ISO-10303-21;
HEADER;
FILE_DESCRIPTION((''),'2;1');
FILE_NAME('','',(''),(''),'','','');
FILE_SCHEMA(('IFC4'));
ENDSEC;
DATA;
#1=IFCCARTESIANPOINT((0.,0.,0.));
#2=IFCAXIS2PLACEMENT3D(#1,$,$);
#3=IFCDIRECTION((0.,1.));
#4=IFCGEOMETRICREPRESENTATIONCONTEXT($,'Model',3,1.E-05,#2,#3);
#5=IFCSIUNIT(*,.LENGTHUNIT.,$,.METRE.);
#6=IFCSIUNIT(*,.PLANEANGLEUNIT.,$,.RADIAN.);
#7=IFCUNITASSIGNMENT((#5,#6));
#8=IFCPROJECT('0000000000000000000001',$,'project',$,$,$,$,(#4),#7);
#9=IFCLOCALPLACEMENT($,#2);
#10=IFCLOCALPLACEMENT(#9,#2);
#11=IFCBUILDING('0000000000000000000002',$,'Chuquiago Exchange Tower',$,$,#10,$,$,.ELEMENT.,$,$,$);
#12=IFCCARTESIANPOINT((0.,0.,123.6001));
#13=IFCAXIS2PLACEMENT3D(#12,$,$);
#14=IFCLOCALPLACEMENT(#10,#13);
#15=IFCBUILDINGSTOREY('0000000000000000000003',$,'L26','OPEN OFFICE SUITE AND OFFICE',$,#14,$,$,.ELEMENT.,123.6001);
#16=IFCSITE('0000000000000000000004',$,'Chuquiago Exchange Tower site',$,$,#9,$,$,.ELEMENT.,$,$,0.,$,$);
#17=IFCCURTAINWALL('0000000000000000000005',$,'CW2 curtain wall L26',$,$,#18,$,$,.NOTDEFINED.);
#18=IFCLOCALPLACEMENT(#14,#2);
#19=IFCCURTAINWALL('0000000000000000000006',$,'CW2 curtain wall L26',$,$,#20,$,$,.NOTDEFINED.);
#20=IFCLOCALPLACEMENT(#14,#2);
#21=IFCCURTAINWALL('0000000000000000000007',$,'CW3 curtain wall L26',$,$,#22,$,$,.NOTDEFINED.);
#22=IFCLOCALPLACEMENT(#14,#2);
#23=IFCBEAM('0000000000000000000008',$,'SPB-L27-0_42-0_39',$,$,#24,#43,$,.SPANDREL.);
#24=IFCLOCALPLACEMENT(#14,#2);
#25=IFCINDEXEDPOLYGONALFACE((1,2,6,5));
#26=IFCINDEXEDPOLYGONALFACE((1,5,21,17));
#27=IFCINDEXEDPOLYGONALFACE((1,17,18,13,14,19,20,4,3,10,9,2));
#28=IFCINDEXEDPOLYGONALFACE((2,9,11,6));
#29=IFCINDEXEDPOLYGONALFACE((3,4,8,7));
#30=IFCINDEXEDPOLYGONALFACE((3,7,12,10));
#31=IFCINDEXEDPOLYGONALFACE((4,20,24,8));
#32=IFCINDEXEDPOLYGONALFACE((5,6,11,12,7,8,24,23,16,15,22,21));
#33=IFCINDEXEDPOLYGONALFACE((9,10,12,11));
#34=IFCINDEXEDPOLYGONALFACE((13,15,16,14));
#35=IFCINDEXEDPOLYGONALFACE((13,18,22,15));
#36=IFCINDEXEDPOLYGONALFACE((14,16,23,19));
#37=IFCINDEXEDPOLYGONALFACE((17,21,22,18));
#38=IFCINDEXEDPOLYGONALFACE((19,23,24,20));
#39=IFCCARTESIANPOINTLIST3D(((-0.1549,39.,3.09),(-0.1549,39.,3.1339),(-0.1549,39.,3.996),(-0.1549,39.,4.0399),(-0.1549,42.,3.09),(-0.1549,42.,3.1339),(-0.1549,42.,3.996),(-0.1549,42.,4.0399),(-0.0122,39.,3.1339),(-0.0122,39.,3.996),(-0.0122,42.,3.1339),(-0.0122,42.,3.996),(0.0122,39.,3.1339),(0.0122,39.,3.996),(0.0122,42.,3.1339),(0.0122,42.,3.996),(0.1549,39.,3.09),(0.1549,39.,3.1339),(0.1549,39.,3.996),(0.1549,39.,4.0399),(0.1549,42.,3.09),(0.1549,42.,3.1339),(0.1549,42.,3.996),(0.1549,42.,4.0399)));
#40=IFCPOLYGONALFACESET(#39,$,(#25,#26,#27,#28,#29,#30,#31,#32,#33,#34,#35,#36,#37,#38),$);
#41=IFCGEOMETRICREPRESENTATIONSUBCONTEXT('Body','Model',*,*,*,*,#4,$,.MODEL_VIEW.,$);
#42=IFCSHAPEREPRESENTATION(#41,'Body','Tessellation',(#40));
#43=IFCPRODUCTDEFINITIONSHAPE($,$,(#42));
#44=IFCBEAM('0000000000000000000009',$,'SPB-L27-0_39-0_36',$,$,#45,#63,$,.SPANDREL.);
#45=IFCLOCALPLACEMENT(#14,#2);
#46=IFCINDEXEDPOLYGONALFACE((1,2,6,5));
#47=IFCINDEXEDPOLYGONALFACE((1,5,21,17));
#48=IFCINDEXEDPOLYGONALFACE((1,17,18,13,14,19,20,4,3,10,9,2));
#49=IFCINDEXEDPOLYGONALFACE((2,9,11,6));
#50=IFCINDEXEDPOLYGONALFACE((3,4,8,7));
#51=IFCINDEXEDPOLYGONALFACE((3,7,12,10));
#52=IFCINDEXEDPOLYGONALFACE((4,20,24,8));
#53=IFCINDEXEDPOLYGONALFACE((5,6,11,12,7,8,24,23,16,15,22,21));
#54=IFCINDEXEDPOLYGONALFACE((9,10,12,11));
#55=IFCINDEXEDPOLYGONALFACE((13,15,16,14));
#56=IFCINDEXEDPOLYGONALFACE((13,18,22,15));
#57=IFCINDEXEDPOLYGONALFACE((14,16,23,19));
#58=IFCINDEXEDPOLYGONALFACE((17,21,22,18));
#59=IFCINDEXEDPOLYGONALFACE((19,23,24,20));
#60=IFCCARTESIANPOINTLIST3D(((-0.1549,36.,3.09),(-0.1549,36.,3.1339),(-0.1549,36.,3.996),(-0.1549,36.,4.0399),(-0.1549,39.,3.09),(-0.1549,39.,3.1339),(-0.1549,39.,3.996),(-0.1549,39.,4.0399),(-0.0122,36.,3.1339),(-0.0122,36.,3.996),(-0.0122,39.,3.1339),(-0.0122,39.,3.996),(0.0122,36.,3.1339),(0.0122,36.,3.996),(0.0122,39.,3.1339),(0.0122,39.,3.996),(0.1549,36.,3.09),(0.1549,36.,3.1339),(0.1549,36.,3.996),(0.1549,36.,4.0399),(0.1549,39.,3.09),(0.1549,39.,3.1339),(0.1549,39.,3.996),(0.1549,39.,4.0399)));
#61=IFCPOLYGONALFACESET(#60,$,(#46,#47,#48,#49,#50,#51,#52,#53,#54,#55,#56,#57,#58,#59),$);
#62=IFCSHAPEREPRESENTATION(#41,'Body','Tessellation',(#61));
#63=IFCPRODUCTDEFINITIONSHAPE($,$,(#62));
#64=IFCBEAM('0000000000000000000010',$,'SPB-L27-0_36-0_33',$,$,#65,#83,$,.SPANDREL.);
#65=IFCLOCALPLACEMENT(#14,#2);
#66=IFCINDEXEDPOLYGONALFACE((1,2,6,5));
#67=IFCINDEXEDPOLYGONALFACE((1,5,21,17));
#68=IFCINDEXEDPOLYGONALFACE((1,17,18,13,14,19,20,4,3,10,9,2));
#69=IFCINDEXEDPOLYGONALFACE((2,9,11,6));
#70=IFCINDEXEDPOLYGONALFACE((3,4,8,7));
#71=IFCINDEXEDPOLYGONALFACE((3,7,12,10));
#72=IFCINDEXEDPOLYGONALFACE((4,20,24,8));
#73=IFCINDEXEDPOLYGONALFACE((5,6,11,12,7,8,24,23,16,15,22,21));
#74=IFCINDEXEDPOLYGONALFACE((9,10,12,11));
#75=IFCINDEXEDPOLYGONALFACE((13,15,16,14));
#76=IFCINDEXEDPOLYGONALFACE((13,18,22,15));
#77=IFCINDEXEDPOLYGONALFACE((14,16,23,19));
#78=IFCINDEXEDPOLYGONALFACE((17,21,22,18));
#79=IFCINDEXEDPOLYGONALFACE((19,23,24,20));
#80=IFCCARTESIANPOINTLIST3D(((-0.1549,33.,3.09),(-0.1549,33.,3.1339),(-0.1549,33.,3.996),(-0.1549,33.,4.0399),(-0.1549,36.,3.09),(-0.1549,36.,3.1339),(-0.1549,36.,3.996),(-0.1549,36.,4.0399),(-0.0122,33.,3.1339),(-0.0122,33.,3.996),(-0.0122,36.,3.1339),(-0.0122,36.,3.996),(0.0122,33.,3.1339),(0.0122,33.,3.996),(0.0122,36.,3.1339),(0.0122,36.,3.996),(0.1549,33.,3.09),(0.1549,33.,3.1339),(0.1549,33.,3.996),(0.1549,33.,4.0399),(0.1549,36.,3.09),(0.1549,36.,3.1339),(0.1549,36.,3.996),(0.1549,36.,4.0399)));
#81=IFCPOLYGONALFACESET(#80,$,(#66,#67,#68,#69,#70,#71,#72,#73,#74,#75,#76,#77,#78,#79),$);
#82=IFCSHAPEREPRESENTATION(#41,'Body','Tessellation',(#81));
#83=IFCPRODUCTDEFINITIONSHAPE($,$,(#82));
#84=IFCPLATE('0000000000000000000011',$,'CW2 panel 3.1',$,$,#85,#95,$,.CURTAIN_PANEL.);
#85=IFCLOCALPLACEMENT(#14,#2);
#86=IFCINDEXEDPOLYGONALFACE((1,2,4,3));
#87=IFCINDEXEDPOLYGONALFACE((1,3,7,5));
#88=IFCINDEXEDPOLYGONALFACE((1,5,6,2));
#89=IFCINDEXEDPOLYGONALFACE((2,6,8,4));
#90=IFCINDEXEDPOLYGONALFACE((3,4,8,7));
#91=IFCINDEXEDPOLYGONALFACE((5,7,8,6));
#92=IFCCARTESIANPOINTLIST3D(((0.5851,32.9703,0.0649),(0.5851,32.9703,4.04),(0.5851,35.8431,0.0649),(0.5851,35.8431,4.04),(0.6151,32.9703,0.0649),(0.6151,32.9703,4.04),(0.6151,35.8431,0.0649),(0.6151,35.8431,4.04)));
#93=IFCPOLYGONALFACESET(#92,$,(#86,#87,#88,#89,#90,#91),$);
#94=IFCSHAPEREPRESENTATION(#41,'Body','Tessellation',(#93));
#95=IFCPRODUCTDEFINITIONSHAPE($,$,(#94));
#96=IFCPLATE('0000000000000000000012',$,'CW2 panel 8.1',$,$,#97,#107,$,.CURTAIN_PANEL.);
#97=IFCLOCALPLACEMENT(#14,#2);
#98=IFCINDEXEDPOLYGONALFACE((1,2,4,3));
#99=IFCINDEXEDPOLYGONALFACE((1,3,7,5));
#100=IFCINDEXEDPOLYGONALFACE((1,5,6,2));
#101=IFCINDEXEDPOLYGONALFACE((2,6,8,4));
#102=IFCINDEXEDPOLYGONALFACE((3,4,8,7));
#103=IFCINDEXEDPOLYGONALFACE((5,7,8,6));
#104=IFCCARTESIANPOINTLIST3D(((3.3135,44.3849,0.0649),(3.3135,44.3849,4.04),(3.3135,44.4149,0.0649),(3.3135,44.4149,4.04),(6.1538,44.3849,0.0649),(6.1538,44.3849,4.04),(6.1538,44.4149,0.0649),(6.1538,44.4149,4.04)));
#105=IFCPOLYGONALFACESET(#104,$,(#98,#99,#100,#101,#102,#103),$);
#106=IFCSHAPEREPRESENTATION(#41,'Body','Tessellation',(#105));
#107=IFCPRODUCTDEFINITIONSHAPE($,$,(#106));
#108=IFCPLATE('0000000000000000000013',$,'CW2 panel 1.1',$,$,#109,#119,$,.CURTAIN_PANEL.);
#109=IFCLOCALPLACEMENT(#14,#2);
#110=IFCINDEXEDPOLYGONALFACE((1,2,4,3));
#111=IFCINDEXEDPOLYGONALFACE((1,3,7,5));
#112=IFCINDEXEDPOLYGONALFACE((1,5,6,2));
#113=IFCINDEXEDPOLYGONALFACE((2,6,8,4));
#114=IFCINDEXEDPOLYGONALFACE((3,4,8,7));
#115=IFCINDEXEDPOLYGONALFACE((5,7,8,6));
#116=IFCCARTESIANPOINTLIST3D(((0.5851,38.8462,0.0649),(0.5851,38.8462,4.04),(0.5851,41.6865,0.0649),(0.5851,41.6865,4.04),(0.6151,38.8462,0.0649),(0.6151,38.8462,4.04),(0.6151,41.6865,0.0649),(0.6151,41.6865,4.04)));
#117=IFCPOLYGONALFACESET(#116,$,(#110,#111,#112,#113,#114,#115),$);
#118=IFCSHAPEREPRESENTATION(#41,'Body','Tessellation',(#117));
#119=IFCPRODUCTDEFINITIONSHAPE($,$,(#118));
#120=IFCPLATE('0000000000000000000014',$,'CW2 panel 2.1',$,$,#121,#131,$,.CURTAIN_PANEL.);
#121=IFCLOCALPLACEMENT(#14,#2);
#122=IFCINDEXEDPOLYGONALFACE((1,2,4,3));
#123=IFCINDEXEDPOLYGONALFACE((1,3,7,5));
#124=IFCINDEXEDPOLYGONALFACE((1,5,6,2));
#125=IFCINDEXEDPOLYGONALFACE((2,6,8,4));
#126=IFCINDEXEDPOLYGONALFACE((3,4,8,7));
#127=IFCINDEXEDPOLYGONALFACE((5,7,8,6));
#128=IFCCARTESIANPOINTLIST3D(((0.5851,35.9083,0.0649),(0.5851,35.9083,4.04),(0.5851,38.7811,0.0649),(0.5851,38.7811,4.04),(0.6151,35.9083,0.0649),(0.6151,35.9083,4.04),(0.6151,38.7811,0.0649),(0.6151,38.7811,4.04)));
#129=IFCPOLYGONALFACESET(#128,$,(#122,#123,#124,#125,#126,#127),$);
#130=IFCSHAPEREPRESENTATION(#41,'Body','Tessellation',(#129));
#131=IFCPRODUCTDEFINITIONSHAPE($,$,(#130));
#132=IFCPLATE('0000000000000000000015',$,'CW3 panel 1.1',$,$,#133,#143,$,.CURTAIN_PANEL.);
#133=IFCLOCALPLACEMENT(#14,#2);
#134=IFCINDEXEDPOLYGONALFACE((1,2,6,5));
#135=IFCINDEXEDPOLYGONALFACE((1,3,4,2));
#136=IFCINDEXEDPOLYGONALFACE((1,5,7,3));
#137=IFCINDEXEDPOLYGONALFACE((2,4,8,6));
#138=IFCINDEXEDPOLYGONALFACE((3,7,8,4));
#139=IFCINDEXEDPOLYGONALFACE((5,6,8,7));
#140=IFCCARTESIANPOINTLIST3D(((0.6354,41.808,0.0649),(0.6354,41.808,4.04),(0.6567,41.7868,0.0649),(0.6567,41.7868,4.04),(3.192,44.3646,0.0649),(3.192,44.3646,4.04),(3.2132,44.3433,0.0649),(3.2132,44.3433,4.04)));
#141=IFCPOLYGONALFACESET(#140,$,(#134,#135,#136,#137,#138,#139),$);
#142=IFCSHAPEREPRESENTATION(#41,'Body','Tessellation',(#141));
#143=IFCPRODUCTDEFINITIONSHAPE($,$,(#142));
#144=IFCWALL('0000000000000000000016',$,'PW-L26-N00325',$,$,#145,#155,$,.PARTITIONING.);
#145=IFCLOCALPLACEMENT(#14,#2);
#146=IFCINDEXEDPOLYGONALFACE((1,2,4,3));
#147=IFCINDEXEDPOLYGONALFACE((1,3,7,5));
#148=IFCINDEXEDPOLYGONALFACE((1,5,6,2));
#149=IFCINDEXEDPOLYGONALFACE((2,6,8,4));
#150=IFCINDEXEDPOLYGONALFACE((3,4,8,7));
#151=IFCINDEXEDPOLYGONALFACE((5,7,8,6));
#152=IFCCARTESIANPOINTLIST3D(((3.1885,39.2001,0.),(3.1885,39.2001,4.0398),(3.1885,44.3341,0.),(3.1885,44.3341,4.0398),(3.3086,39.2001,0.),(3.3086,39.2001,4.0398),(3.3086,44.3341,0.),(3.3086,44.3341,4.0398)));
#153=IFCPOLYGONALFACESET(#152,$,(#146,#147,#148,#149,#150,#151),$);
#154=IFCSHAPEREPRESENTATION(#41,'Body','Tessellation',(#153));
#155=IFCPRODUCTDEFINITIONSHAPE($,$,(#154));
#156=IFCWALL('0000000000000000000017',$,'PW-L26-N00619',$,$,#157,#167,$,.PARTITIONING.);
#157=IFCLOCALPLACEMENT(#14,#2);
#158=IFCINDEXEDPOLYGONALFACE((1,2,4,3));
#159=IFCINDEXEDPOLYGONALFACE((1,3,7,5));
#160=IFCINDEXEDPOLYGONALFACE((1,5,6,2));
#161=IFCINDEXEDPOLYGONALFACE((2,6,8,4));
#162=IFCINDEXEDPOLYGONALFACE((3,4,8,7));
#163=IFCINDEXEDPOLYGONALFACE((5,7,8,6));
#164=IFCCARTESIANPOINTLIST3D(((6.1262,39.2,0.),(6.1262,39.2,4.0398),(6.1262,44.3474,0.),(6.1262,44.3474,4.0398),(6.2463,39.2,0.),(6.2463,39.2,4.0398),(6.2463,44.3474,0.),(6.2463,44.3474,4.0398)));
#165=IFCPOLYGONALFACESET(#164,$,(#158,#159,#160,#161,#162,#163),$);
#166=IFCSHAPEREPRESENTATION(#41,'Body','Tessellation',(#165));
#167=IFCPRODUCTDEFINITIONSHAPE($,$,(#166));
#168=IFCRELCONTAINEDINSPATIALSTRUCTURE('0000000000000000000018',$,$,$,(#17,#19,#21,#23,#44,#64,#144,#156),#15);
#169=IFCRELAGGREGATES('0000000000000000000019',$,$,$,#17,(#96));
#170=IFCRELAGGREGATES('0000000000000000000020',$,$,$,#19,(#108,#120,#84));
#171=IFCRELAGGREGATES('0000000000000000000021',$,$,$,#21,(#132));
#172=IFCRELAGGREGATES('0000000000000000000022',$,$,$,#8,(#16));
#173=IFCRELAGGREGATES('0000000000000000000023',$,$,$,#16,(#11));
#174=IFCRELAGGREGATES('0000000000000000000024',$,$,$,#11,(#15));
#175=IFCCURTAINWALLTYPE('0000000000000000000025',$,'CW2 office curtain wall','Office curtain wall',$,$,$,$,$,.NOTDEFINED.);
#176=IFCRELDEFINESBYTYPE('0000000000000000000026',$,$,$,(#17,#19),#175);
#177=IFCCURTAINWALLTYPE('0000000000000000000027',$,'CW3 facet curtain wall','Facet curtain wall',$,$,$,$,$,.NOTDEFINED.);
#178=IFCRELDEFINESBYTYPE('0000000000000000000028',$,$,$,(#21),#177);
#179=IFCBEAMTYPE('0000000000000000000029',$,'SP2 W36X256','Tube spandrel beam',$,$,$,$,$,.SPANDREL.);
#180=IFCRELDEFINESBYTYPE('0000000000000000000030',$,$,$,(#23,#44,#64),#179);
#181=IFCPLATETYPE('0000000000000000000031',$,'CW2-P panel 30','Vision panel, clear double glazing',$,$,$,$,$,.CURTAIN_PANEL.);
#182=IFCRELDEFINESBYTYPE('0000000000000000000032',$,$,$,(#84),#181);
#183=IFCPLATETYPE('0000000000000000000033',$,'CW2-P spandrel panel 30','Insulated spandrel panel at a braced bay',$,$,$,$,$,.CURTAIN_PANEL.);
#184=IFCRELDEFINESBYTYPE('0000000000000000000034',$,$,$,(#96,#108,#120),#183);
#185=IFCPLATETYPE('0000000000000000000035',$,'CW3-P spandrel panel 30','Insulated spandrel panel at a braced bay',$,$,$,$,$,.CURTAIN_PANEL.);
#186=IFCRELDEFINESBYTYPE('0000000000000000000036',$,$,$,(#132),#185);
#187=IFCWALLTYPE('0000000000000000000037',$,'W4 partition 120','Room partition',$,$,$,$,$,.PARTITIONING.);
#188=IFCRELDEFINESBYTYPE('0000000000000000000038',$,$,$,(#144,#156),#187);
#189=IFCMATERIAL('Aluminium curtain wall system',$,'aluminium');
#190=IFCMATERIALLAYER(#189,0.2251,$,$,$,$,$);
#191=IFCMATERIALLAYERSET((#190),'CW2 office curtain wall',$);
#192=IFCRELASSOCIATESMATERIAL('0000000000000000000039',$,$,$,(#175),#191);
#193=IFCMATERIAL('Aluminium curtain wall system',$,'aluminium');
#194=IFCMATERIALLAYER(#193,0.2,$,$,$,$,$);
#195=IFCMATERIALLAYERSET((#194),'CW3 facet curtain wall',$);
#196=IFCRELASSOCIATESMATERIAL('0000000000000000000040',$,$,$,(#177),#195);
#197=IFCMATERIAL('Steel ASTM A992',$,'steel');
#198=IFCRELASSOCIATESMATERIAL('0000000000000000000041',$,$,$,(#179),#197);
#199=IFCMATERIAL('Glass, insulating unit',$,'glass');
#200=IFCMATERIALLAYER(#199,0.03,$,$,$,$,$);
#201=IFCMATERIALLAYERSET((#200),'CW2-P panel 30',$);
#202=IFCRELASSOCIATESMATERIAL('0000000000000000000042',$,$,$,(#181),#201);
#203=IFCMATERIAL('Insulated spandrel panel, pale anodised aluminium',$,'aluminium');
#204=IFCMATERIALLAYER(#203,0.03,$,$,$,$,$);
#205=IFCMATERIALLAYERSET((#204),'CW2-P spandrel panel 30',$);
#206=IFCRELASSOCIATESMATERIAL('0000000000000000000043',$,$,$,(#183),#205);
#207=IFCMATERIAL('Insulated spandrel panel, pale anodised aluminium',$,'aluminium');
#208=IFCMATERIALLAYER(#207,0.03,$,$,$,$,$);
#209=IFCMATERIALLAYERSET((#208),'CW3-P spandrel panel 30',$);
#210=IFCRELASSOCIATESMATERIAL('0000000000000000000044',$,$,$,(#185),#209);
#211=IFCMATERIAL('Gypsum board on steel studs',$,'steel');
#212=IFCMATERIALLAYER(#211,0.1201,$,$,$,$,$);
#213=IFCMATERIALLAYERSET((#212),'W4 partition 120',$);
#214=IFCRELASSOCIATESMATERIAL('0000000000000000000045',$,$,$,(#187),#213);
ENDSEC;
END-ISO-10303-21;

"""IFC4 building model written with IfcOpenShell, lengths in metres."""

from ifc_helpers import new_model, si_unit, direction, frame, frame_2d, origin, origin_2d, place, context, subcontext, project, spatial, rectangle, i_section, extrude, material, layer, layer_set, material_profile, profile_set, type_object, element, aggregate, save


model = new_model("IFC4")

# Units and contexts
model_context = context("Model", 3, precision=1e-05, world=origin(), true_north=direction((0.0, 1.0)))
body_context = subcontext(model_context, "Body", "Model", "MODEL_VIEW")
ifc_project = project(units=[si_unit("LENGTHUNIT", "METRE"), si_unit("PLANEANGLEUNIT", "RADIAN")], contexts=[model_context])

# Site, building, storey
site_placement = place(None, origin())
site = spatial("IfcSite", under=ifc_project, at=site_placement, Name="Chuquiago Exchange Tower site", CompositionType="ELEMENT", RefElevation=0.0)
building_placement = place(site_placement, origin())
building = spatial("IfcBuilding", under=site, at=building_placement, Name="Chuquiago Exchange Tower", CompositionType="ELEMENT")
storey_placement = place(building_placement, frame((0.0, 0.0, 123.6001)))
storey = spatial("IfcBuildingStorey", under=building, at=storey_placement, Name="L26", Description="OPEN OFFICE SUITE AND OFFICE", CompositionType="ELEMENT", Elevation=123.6001)

# Curtain walls
ifc_material_1 = material(Name="Aluminium curtain wall system", Category="aluminium")
ifc_layer_1 = layer(ifc_material_1, 0.2251)
ifc_layer_set_1 = layer_set([ifc_layer_1], Name="CW2 office curtain wall")
curtain_wall_type_1 = type_object("IfcCurtainWallType", Name="CW2 office curtain wall", Description="Office curtain wall", PredefinedType="NOTDEFINED", material=ifc_layer_set_1)
curtain_wall_1_placement = place(storey_placement, origin())
curtain_wall_1 = element("IfcCurtainWall", 1, at=curtain_wall_1_placement, inside=storey, type_object=curtain_wall_type_1, Name="CW2 curtain wall L26", PredefinedType="NOTDEFINED")
curtain_wall_2_placement = place(storey_placement, origin())
curtain_wall_2 = element("IfcCurtainWall", 2, at=curtain_wall_2_placement, inside=storey, type_object=curtain_wall_type_1, Name="CW2 curtain wall L26", PredefinedType="NOTDEFINED")

# Curtain wall
ifc_material_2 = material(Name="Aluminium curtain wall system", Category="aluminium")
ifc_layer_2 = layer(ifc_material_2, 0.2)
ifc_layer_set_2 = layer_set([ifc_layer_2], Name="CW3 facet curtain wall")
curtain_wall_type_2 = type_object("IfcCurtainWallType", Name="CW3 facet curtain wall", Description="Facet curtain wall", PredefinedType="NOTDEFINED", material=ifc_layer_set_2)
curtain_wall_3_placement = place(storey_placement, origin())
curtain_wall_3 = element("IfcCurtainWall", 3, at=curtain_wall_3_placement, inside=storey, type_object=curtain_wall_type_2, Name="CW3 curtain wall L26", PredefinedType="NOTDEFINED")

# Beams
ifc_material_3 = material(Name="Steel ASTM A992", Category="steel")
ifc_material_profile_1 = material_profile(ifc_material_3, i_section(OverallWidth=0.3098, OverallDepth=0.95, WebThickness=0.0244, FlangeThickness=0.0439, at=origin_2d()), Name="W36X256")
ifc_profile_set_1 = profile_set([ifc_material_profile_1], Name="Steel ASTM A992")
beam_type = type_object("IfcBeamType", Name="SP2 W36X256", Description="Tube spandrel beam", PredefinedType="SPANDREL", material=ifc_profile_set_1)
for number, where, z_axis, x_axis, name in (
    (4, (0.0, 42.0, 3.5649), (0.0, -1.0, 0.0), (1.0, 0.0, 0.0), "SPB-L27-0_42-0_39"),
    (5, (0.0, 39.0, 3.5649), (0.0, -1.0, 0.0), (1.0, 0.0, 0.0), "SPB-L27-0_39-0_36"),
    (6, (0.0, 36.0, 3.5649), (0.0, -1.0, 0.0), (1.0, 0.0, 0.0), "SPB-L27-0_36-0_33"),
):
    element("IfcBeam", number, at=place(storey_placement, frame(where, z_axis=z_axis, x_axis=x_axis)), inside=storey, type_object=beam_type, Name=name, PredefinedType="SPANDREL", context=body_context, shape_type="SweptSolid", body=[
        extrude(i_section(OverallWidth=0.3098, OverallDepth=0.95, WebThickness=0.0244, FlangeThickness=0.0439, at=origin_2d()), origin(), (0.0, 0.0, 1.0), 3.0),
    ])

# Plates
ifc_material_4 = material(Name="Glass, insulating unit", Category="glass")
ifc_layer_3 = layer(ifc_material_4, 0.03)
ifc_layer_set_3 = layer_set([ifc_layer_3], Name="CW2-P panel 30")
plate_type_1 = type_object("IfcPlateType", Name="CW2-P panel 30", Description="Vision panel, clear double glazing", PredefinedType="CURTAIN_PANEL", material=ifc_layer_set_3)
plate_1_placement = place(storey_placement, frame((0.6001, 34.4067, 0.0649), z_axis=(0.0, 0.0, 1.0), x_axis=(0.0, -1.0, 0.0)))
plate_1 = element("IfcPlate", 7, at=plate_1_placement, type_object=plate_type_1, Name="CW2 panel 3.1", PredefinedType="CURTAIN_PANEL", context=body_context, shape_type="SweptSolid", body=[
    extrude(rectangle(XDim=2.8728, YDim=0.03, at=origin_2d()), origin(), (0.0, 0.0, 1.0), 3.9751),
])
ifc_material_5 = material(Name="Insulated spandrel panel, pale anodised aluminium", Category="aluminium")
ifc_layer_4 = layer(ifc_material_5, 0.03)
ifc_layer_set_4 = layer_set([ifc_layer_4], Name="CW2-P spandrel panel 30")
plate_type_2 = type_object("IfcPlateType", Name="CW2-P spandrel panel 30", Description="Insulated spandrel panel at a braced bay", PredefinedType="CURTAIN_PANEL", material=ifc_layer_set_4)
plate_2_placement = place(storey_placement, frame((4.7336, 44.3999, 0.0649), z_axis=(0.0, 0.0, 1.0), x_axis=(-1.0, 0.0, 0.0)))
plate_2 = element("IfcPlate", 8, at=plate_2_placement, type_object=plate_type_2, Name="CW2 panel 8.1", PredefinedType="CURTAIN_PANEL", context=body_context, shape_type="SweptSolid", body=[
    extrude(rectangle(XDim=2.8403, YDim=0.03, at=origin_2d()), origin(), (0.0, 0.0, 1.0), 3.9751),
])
aggregate(curtain_wall_1, [plate_2])
plate_3_placement = place(storey_placement, frame((0.6001, 40.2664, 0.0649), z_axis=(0.0, 0.0, 1.0), x_axis=(0.0, -1.0, 0.0)))
plate_3 = element("IfcPlate", 9, at=plate_3_placement, type_object=plate_type_2, Name="CW2 panel 1.1", PredefinedType="CURTAIN_PANEL", context=body_context, shape_type="SweptSolid", body=[
    extrude(rectangle(XDim=2.8403, YDim=0.03, at=origin_2d()), origin(), (0.0, 0.0, 1.0), 3.9751),
])
plate_4_placement = place(storey_placement, frame((0.6001, 37.3447, 0.0649), z_axis=(0.0, 0.0, 1.0), x_axis=(0.0, -1.0, 0.0)))
plate_4 = element("IfcPlate", 10, at=plate_4_placement, type_object=plate_type_2, Name="CW2 panel 2.1", PredefinedType="CURTAIN_PANEL", context=body_context, shape_type="SweptSolid", body=[
    extrude(rectangle(XDim=2.8728, YDim=0.03, at=origin_2d()), origin(), (0.0, 0.0, 1.0), 3.9751),
])
aggregate(curtain_wall_2, [plate_3, plate_4, plate_1])
ifc_material_6 = material(Name="Insulated spandrel panel, pale anodised aluminium", Category="aluminium")
ifc_layer_5 = layer(ifc_material_6, 0.03)
ifc_layer_set_5 = layer_set([ifc_layer_5], Name="CW3-P spandrel panel 30")
plate_type_3 = type_object("IfcPlateType", Name="CW3-P spandrel panel 30", Description="Insulated spandrel panel at a braced bay", PredefinedType="CURTAIN_PANEL", material=ifc_layer_set_5)
plate_5_placement = place(storey_placement, frame((1.9243, 43.0757, 0.0649), z_axis=(0.0, 0.0, 1.0), x_axis=(-0.707107, -0.707107, 0.0)))
plate_5 = element("IfcPlate", 11, at=plate_5_placement, type_object=plate_type_3, Name="CW3 panel 1.1", PredefinedType="CURTAIN_PANEL", context=body_context, shape_type="SweptSolid", body=[
    extrude(rectangle(XDim=3.6155, YDim=0.03, at=origin_2d()), origin(), (0.0, 0.0, 1.0), 3.9751),
])
aggregate(curtain_wall_3, [plate_5])

# Walls
ifc_material_7 = material(Name="Gypsum board on steel studs", Category="steel")
ifc_layer_6 = layer(ifc_material_7, 0.1201)
ifc_layer_set_6 = layer_set([ifc_layer_6], Name="W4 partition 120")
wall_type = type_object("IfcWallType", Name="W4 partition 120", Description="Room partition", PredefinedType="PARTITIONING", material=ifc_layer_set_6)
wall_1_placement = place(storey_placement, frame((3.2485, 44.334, 0.0), z_axis=(0.0, 0.0, 1.0), x_axis=(0.0, -1.0, 0.0)))
element("IfcWall", 12, at=wall_1_placement, inside=storey, type_object=wall_type, Name="PW-L26-N00325", PredefinedType="PARTITIONING", context=body_context, shape_type="SweptSolid", body=[
    extrude(rectangle(XDim=5.134, YDim=0.1201, at=frame_2d((2.5669, 0.0))), origin(), (0.0, 0.0, 1.0), 4.0398),
])
wall_2_placement = place(storey_placement, frame((6.1863, 44.3474, 0.0), z_axis=(0.0, 0.0, 1.0), x_axis=(0.0, -1.0, 0.0)))
element("IfcWall", 13, at=wall_2_placement, inside=storey, type_object=wall_type, Name="PW-L26-N00619", PredefinedType="PARTITIONING", context=body_context, shape_type="SweptSolid", body=[
    extrude(rectangle(XDim=5.1475, YDim=0.1201, at=frame_2d((2.5737, 0.0))), origin(), (0.0, 0.0, 1.0), 4.0398),
])

save(model, "model.ifc")
